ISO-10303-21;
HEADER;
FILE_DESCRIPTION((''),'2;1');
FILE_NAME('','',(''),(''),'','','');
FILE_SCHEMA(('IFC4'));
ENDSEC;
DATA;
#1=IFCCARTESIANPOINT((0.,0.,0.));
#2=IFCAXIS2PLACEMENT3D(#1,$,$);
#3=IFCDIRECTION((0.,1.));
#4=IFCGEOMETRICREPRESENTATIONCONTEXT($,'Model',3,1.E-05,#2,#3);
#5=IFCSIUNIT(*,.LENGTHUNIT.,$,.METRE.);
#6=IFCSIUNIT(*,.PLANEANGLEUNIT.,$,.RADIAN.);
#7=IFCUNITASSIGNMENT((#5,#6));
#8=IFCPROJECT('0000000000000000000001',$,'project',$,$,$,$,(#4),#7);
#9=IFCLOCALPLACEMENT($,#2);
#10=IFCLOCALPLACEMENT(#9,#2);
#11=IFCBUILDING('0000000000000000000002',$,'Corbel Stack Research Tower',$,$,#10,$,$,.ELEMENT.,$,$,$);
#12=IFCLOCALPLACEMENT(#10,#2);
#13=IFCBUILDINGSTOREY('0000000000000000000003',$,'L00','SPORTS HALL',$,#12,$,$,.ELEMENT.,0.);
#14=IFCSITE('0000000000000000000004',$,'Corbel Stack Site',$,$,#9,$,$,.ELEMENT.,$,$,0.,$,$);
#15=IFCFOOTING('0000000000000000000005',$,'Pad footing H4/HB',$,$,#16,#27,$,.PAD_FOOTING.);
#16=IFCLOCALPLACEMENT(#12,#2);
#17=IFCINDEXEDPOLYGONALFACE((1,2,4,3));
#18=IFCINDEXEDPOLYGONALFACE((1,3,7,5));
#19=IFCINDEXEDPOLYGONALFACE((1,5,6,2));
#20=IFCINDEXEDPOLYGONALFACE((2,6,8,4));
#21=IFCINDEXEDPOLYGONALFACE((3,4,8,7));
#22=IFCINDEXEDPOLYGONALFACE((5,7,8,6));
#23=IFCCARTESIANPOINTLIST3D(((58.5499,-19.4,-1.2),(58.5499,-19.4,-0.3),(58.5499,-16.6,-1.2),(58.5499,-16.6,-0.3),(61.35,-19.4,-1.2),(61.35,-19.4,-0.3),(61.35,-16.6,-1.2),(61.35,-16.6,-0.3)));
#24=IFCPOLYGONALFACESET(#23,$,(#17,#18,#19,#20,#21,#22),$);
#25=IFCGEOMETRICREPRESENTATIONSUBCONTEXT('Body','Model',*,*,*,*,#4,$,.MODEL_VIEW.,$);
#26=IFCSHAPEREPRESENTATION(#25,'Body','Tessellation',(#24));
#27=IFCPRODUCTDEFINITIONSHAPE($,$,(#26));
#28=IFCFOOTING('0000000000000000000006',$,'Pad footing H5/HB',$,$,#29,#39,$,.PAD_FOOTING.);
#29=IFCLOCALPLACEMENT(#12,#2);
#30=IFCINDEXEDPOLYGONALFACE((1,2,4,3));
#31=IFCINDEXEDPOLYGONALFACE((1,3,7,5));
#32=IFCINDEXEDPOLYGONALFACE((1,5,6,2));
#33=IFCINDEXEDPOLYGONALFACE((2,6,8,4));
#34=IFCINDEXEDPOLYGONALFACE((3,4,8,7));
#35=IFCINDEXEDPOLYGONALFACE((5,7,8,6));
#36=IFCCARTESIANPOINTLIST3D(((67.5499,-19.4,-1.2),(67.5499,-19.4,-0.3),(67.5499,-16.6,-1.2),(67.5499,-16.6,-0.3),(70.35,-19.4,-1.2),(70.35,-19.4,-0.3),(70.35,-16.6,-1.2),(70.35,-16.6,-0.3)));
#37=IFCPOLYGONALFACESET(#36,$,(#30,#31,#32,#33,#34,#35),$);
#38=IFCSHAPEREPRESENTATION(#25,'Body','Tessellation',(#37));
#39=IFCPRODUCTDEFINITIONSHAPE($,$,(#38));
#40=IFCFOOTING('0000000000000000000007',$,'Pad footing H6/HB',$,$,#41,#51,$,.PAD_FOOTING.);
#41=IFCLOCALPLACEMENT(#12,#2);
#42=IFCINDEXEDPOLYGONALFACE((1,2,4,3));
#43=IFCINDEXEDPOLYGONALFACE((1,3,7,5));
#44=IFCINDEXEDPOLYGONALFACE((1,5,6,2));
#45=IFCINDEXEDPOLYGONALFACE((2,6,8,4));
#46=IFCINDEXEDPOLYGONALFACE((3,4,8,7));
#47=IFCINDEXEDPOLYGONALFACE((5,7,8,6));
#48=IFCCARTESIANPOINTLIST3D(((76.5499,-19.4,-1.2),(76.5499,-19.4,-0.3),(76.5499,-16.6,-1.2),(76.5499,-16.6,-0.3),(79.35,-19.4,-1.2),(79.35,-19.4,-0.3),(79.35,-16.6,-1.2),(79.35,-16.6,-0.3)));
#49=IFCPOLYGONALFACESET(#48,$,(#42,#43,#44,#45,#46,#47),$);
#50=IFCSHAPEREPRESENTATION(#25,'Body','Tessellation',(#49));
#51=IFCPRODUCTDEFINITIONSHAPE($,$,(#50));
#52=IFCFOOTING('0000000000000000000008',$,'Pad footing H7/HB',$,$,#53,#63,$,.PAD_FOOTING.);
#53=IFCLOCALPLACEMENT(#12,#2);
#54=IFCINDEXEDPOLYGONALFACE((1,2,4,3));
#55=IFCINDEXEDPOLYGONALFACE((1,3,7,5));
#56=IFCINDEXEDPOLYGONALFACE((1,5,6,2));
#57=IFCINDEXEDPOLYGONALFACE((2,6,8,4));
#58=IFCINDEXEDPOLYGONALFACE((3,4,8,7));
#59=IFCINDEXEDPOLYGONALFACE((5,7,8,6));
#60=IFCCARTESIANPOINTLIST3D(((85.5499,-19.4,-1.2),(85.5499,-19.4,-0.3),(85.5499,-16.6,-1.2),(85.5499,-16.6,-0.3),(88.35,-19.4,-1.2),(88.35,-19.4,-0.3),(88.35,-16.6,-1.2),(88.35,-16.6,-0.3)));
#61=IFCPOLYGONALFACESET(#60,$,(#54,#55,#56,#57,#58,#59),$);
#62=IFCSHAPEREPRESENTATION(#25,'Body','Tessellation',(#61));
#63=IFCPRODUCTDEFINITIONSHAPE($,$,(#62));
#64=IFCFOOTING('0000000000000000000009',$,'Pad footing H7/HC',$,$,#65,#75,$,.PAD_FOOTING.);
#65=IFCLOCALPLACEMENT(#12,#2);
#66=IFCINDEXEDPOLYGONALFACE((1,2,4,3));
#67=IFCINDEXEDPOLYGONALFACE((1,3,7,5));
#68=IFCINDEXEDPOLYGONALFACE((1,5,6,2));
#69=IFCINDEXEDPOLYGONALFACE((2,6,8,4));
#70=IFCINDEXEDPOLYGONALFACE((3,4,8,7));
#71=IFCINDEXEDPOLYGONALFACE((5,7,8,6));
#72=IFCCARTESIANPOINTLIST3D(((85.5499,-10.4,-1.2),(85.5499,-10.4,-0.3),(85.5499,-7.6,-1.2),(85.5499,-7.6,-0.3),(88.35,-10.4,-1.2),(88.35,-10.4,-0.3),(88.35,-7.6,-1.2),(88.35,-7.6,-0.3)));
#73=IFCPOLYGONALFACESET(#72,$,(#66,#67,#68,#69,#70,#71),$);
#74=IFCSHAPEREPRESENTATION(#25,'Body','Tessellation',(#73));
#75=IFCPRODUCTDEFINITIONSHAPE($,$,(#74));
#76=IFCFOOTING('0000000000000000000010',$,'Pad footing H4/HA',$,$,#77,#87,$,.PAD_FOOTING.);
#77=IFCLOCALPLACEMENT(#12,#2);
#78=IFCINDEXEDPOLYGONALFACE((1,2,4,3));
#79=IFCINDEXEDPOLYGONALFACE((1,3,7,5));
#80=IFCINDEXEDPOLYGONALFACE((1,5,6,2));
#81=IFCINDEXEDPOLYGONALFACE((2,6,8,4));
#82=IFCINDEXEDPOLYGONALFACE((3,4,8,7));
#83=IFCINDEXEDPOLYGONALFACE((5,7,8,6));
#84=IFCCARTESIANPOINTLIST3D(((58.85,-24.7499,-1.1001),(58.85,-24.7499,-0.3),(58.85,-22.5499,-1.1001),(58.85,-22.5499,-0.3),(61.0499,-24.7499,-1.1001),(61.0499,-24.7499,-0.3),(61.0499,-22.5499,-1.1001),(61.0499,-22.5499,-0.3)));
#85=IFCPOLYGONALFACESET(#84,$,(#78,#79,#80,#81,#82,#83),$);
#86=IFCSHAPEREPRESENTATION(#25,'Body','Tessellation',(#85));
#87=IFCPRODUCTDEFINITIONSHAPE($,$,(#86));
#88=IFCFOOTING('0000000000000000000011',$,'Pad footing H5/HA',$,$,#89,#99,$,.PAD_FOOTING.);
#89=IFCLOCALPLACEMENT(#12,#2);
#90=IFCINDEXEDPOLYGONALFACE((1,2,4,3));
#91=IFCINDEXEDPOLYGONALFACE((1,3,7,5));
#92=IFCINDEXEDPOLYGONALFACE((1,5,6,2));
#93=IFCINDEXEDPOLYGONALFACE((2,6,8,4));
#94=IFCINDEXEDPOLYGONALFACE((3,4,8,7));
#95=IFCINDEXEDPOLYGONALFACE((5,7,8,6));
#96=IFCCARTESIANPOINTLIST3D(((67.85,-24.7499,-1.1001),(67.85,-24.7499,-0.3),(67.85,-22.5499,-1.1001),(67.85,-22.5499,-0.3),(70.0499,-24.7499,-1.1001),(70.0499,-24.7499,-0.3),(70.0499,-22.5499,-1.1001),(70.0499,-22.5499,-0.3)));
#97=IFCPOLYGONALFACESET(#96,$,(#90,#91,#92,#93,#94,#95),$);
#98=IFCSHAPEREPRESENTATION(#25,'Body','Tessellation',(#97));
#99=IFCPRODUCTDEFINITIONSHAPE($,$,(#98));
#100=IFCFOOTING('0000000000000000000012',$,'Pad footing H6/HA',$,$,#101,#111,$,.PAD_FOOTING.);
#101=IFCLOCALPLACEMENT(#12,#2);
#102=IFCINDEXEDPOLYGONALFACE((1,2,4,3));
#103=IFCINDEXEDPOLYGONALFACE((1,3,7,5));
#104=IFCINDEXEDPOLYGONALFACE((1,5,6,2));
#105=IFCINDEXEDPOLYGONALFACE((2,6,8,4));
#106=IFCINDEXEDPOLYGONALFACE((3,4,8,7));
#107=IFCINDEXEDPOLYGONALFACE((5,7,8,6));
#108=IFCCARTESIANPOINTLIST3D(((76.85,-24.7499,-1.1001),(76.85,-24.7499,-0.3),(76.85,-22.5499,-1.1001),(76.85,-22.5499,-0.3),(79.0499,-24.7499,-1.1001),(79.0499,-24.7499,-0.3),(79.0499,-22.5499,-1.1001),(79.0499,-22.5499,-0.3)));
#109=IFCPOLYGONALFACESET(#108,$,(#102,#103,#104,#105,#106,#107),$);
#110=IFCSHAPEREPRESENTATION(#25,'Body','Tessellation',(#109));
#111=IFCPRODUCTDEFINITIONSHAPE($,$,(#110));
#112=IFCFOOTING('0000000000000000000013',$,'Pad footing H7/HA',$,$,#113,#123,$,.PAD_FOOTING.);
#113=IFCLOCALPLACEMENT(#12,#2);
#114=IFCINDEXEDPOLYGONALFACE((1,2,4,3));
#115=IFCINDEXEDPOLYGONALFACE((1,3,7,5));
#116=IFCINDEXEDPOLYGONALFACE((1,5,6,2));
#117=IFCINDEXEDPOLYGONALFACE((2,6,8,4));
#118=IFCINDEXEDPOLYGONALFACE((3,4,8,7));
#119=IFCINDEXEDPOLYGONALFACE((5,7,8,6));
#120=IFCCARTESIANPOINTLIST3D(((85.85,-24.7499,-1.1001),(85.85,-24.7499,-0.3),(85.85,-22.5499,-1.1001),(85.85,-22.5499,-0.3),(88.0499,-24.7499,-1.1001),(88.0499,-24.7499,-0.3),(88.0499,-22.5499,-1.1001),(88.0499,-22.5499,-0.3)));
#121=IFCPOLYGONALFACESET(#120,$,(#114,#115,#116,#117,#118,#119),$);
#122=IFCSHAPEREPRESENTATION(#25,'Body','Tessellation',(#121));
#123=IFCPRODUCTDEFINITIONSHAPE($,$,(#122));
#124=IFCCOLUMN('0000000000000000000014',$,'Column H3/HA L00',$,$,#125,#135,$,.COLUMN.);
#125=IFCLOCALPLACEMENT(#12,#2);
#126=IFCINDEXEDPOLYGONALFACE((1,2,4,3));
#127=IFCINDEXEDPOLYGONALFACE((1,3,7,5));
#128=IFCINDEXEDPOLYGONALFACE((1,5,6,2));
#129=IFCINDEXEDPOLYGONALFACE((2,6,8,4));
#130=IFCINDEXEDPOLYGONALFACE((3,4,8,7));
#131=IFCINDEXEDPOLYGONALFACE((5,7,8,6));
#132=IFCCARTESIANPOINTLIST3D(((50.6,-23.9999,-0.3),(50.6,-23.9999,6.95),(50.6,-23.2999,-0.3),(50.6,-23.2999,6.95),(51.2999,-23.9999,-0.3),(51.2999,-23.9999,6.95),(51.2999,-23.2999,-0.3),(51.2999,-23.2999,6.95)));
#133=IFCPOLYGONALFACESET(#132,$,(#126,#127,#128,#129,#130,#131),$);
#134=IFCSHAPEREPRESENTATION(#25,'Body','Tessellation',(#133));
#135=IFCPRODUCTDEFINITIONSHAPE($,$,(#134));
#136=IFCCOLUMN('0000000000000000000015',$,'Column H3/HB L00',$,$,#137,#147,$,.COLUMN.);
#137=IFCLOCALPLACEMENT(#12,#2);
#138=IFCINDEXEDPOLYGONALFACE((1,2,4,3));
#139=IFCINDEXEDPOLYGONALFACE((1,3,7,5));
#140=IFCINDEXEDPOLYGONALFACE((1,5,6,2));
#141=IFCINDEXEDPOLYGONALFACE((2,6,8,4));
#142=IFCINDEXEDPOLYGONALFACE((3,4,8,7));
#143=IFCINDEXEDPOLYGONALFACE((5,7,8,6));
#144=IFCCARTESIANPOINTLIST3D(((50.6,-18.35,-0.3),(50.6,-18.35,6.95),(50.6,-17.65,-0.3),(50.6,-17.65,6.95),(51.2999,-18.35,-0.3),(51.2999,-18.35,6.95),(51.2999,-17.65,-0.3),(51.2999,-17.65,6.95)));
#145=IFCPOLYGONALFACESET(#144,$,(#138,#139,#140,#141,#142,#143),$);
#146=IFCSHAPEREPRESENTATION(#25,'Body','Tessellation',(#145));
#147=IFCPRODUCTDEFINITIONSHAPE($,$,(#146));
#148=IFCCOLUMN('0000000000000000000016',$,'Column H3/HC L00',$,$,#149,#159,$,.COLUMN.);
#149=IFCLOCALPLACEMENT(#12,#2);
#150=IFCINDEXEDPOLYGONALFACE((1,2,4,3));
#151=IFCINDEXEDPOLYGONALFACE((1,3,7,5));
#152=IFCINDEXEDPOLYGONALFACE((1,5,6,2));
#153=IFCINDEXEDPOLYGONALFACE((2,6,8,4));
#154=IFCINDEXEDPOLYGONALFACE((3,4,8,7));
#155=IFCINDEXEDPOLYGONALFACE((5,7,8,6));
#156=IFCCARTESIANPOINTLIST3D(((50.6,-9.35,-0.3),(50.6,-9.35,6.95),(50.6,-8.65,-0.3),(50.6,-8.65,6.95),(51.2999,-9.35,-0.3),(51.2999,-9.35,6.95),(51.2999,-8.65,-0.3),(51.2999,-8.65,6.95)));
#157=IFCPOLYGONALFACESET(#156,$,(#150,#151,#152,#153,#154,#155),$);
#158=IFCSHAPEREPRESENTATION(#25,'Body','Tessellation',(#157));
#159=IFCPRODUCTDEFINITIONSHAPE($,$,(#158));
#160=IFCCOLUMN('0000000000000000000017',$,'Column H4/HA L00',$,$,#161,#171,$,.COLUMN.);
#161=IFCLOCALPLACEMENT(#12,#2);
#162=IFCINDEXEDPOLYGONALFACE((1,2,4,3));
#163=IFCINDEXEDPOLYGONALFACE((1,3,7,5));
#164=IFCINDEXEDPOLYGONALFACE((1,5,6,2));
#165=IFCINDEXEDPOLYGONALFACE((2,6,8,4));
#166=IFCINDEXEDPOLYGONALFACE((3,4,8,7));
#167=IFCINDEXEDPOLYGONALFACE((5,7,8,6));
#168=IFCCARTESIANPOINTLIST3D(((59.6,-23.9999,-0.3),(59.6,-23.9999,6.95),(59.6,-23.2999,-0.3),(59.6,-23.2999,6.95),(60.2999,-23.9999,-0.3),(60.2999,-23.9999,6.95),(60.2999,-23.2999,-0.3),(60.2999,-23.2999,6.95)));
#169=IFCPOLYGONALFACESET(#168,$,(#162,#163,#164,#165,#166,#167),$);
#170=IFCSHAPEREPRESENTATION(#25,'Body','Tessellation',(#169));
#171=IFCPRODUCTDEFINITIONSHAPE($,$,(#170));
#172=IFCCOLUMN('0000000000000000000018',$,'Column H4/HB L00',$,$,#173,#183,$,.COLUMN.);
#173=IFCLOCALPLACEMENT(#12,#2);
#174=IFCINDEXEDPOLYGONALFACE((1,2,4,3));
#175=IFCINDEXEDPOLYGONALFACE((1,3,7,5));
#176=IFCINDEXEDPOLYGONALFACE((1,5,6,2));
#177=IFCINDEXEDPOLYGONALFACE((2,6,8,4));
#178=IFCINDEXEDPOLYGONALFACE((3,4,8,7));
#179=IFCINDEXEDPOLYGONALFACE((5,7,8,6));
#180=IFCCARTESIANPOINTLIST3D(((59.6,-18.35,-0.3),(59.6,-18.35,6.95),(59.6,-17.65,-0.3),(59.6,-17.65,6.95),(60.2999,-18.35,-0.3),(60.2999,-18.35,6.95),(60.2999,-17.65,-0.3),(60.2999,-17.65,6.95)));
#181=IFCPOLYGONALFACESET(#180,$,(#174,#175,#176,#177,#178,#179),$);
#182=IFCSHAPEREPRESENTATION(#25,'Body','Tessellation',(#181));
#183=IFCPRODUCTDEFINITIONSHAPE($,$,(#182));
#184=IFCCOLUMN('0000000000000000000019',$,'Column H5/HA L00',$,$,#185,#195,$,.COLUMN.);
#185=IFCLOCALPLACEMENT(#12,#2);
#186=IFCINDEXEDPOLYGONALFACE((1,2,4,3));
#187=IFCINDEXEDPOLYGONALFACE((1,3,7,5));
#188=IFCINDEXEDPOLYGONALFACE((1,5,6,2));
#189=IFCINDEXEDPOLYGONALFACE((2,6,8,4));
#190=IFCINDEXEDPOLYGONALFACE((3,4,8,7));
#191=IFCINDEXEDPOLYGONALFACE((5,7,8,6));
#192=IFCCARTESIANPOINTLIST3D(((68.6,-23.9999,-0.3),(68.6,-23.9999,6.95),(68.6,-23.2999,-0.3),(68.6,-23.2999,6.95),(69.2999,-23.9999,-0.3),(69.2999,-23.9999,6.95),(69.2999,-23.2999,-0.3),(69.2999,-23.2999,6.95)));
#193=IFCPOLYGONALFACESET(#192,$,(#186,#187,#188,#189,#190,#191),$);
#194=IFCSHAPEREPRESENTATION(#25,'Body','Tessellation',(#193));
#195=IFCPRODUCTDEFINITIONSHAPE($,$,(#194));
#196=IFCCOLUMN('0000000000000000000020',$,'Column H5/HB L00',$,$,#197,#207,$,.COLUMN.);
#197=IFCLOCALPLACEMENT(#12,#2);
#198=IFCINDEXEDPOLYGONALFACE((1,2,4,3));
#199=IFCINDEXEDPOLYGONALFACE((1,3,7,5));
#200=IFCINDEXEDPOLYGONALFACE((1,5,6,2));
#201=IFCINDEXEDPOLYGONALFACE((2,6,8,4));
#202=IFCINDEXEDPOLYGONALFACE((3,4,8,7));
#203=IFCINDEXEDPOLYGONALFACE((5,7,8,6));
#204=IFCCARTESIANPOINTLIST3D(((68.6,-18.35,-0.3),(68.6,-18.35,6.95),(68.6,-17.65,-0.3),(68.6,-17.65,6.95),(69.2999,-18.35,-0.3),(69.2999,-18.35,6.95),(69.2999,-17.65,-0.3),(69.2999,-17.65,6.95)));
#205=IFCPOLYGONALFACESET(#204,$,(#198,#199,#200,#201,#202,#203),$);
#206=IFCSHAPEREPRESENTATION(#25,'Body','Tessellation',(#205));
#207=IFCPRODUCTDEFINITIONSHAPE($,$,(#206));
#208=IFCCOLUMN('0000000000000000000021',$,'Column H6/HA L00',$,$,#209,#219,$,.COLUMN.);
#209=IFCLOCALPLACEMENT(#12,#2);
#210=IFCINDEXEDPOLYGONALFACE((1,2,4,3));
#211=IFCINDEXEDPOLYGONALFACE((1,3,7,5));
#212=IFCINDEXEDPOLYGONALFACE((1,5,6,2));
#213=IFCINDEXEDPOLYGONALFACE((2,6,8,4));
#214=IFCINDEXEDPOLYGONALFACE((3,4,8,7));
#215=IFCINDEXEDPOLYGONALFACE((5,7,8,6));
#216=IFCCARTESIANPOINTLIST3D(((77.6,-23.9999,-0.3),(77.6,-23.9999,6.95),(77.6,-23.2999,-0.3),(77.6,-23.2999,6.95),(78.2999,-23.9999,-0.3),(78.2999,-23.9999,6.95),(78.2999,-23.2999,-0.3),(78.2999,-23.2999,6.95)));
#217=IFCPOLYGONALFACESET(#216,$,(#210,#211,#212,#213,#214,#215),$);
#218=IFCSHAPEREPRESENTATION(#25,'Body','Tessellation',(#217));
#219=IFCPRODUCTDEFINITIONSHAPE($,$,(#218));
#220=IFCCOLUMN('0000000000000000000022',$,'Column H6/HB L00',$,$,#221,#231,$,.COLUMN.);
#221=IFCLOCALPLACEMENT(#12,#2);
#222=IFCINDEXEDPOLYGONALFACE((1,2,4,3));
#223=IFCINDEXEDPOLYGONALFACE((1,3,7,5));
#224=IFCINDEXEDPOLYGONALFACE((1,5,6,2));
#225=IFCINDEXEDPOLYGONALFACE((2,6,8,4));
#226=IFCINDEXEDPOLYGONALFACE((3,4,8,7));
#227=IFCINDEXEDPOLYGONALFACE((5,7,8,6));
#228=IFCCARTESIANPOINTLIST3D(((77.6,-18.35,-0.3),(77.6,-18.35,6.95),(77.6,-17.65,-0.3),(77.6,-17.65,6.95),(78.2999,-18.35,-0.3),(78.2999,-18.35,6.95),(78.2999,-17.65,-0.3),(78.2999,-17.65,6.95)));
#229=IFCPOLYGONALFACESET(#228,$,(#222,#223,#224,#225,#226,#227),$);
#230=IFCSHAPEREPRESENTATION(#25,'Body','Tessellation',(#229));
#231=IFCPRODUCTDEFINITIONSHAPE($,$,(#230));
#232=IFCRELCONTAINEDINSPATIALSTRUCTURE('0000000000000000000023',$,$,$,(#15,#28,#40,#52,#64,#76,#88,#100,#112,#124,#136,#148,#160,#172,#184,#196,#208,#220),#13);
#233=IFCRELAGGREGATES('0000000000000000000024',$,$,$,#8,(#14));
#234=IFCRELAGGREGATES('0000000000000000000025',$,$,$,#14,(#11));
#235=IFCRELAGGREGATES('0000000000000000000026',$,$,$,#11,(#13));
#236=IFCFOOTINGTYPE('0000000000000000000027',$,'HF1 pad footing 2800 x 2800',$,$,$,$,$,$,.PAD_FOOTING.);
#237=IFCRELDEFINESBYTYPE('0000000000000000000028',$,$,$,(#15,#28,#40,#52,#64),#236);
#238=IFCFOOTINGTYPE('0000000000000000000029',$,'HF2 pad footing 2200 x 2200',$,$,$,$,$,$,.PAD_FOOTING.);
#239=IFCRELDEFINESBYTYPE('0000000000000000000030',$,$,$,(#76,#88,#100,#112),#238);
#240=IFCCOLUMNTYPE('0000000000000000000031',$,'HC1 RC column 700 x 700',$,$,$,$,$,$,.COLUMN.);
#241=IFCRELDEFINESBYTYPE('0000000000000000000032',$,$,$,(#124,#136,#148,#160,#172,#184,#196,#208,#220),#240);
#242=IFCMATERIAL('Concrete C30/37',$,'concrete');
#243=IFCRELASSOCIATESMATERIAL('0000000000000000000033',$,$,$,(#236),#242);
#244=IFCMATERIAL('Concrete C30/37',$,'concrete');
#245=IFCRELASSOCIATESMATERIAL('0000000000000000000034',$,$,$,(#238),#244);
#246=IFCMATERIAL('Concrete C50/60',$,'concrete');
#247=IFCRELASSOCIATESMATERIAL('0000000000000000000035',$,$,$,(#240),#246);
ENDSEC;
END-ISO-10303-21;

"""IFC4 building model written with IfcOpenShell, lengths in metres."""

from ifc_helpers import new_model, si_unit, direction, frame, origin, origin_2d, place, context, subcontext, project, spatial, rectangle, extrude, material, material_profile, profile_set, type_object, element, save


model = new_model("IFC4")

# Units and contexts
model_context = context("Model", 3, precision=1e-05, world=origin(), true_north=direction((0.0, 1.0)))
body_context = subcontext(model_context, "Body", "Model", "MODEL_VIEW")
ifc_project = project(units=[si_unit("LENGTHUNIT", "METRE"), si_unit("PLANEANGLEUNIT", "RADIAN")], contexts=[model_context])

# Site, building, storey
site_placement = place(None, origin())
site = spatial("IfcSite", under=ifc_project, at=site_placement, Name="Corbel Stack Site", CompositionType="ELEMENT", RefElevation=0.0)
building_placement = place(site_placement, origin())
building = spatial("IfcBuilding", under=site, at=building_placement, Name="Corbel Stack Research Tower", CompositionType="ELEMENT")
storey_placement = place(building_placement, origin())
storey = spatial("IfcBuildingStorey", under=building, at=storey_placement, Name="L00", Description="SPORTS HALL", CompositionType="ELEMENT", Elevation=0.0)

# Footings
ifc_material_1 = material(Name="Concrete C30/37", Category="concrete")
footing_type_1 = type_object("IfcFootingType", Name="HF1 pad footing 2800 x 2800", PredefinedType="PAD_FOOTING", material=ifc_material_1)
for number, where, z_axis, x_axis, name in (
    (1, (59.95, -18.0, -1.2), (0.0, 0.0, 1.0), (1.0, 0.0, 0.0), "Pad footing H4/HB"),
    (2, (68.95, -18.0, -1.2), (0.0, 0.0, 1.0), (1.0, 0.0, 0.0), "Pad footing H5/HB"),
    (3, (77.95, -18.0, -1.2), (0.0, 0.0, 1.0), (1.0, 0.0, 0.0), "Pad footing H6/HB"),
    (4, (86.95, -18.0, -1.2), (0.0, 0.0, 1.0), (1.0, 0.0, 0.0), "Pad footing H7/HB"),
    (5, (86.95, -9.0, -1.2), (0.0, 0.0, 1.0), (1.0, 0.0, 0.0), "Pad footing H7/HC"),
):
    element("IfcFooting", number, at=place(storey_placement, frame(where, z_axis=z_axis, x_axis=x_axis)), inside=storey, type_object=footing_type_1, Name=name, PredefinedType="PAD_FOOTING", context=body_context, shape_type="SweptSolid", body=[
        extrude(rectangle(XDim=2.8, YDim=2.8, at=origin_2d()), origin(), (0.0, 0.0, 1.0), 0.8999),
    ])
ifc_material_2 = material(Name="Concrete C30/37", Category="concrete")
footing_type_2 = type_object("IfcFootingType", Name="HF2 pad footing 2200 x 2200", PredefinedType="PAD_FOOTING", material=ifc_material_2)
for number, where, z_axis, x_axis, name in (
    (6, (59.95, -23.6499, -1.1001), (0.0, 0.0, 1.0), (1.0, 0.0, 0.0), "Pad footing H4/HA"),
    (7, (68.95, -23.6499, -1.1001), (0.0, 0.0, 1.0), (1.0, 0.0, 0.0), "Pad footing H5/HA"),
    (8, (77.95, -23.6499, -1.1001), (0.0, 0.0, 1.0), (1.0, 0.0, 0.0), "Pad footing H6/HA"),
    (9, (86.95, -23.6499, -1.1001), (0.0, 0.0, 1.0), (1.0, 0.0, 0.0), "Pad footing H7/HA"),
):
    element("IfcFooting", number, at=place(storey_placement, frame(where, z_axis=z_axis, x_axis=x_axis)), inside=storey, type_object=footing_type_2, Name=name, PredefinedType="PAD_FOOTING", context=body_context, shape_type="SweptSolid", body=[
        extrude(rectangle(XDim=2.2, YDim=2.2, at=origin_2d()), origin(), (0.0, 0.0, 1.0), 0.8),
    ])

# Columns
ifc_material_3 = material(Name="Concrete C50/60", Category="concrete")
ifc_material_profile = material_profile(ifc_material_3, rectangle(XDim=0.7, YDim=0.7, at=origin_2d()), Name="RC 700 x 700")
ifc_profile_set = profile_set([ifc_material_profile], Name="Concrete C50/60")
column_type = type_object("IfcColumnType", Name="HC1 RC column 700 x 700", PredefinedType="COLUMN", material=ifc_profile_set)
for number, where, z_axis, x_axis, name in (
    (10, (50.95, -23.6499, -0.3), (0.0, 0.0, 1.0), (1.0, 0.0, 0.0), "Column H3/HA L00"),
    (11, (50.95, -18.0, -0.3), (0.0, 0.0, 1.0), (1.0, 0.0, 0.0), "Column H3/HB L00"),
    (12, (50.95, -9.0, -0.3), (0.0, 0.0, 1.0), (1.0, 0.0, 0.0), "Column H3/HC L00"),
    (13, (59.95, -23.6499, -0.3), (0.0, 0.0, 1.0), (1.0, 0.0, 0.0), "Column H4/HA L00"),
    (14, (59.95, -18.0, -0.3), (0.0, 0.0, 1.0), (1.0, 0.0, 0.0), "Column H4/HB L00"),
    (15, (68.95, -23.6499, -0.3), (0.0, 0.0, 1.0), (1.0, 0.0, 0.0), "Column H5/HA L00"),
    (16, (68.95, -18.0, -0.3), (0.0, 0.0, 1.0), (1.0, 0.0, 0.0), "Column H5/HB L00"),
    (17, (77.95, -23.6499, -0.3), (0.0, 0.0, 1.0), (1.0, 0.0, 0.0), "Column H6/HA L00"),
    (18, (77.95, -18.0, -0.3), (0.0, 0.0, 1.0), (1.0, 0.0, 0.0), "Column H6/HB L00"),
):
    element("IfcColumn", number, at=place(storey_placement, frame(where, z_axis=z_axis, x_axis=x_axis)), inside=storey, type_object=column_type, Name=name, PredefinedType="COLUMN", context=body_context, shape_type="SweptSolid", body=[
        extrude(rectangle(XDim=0.7, YDim=0.7, at=origin_2d()), origin(), (0.0, 0.0, 1.0), 7.25),
    ])

save(model, "model.ifc")
